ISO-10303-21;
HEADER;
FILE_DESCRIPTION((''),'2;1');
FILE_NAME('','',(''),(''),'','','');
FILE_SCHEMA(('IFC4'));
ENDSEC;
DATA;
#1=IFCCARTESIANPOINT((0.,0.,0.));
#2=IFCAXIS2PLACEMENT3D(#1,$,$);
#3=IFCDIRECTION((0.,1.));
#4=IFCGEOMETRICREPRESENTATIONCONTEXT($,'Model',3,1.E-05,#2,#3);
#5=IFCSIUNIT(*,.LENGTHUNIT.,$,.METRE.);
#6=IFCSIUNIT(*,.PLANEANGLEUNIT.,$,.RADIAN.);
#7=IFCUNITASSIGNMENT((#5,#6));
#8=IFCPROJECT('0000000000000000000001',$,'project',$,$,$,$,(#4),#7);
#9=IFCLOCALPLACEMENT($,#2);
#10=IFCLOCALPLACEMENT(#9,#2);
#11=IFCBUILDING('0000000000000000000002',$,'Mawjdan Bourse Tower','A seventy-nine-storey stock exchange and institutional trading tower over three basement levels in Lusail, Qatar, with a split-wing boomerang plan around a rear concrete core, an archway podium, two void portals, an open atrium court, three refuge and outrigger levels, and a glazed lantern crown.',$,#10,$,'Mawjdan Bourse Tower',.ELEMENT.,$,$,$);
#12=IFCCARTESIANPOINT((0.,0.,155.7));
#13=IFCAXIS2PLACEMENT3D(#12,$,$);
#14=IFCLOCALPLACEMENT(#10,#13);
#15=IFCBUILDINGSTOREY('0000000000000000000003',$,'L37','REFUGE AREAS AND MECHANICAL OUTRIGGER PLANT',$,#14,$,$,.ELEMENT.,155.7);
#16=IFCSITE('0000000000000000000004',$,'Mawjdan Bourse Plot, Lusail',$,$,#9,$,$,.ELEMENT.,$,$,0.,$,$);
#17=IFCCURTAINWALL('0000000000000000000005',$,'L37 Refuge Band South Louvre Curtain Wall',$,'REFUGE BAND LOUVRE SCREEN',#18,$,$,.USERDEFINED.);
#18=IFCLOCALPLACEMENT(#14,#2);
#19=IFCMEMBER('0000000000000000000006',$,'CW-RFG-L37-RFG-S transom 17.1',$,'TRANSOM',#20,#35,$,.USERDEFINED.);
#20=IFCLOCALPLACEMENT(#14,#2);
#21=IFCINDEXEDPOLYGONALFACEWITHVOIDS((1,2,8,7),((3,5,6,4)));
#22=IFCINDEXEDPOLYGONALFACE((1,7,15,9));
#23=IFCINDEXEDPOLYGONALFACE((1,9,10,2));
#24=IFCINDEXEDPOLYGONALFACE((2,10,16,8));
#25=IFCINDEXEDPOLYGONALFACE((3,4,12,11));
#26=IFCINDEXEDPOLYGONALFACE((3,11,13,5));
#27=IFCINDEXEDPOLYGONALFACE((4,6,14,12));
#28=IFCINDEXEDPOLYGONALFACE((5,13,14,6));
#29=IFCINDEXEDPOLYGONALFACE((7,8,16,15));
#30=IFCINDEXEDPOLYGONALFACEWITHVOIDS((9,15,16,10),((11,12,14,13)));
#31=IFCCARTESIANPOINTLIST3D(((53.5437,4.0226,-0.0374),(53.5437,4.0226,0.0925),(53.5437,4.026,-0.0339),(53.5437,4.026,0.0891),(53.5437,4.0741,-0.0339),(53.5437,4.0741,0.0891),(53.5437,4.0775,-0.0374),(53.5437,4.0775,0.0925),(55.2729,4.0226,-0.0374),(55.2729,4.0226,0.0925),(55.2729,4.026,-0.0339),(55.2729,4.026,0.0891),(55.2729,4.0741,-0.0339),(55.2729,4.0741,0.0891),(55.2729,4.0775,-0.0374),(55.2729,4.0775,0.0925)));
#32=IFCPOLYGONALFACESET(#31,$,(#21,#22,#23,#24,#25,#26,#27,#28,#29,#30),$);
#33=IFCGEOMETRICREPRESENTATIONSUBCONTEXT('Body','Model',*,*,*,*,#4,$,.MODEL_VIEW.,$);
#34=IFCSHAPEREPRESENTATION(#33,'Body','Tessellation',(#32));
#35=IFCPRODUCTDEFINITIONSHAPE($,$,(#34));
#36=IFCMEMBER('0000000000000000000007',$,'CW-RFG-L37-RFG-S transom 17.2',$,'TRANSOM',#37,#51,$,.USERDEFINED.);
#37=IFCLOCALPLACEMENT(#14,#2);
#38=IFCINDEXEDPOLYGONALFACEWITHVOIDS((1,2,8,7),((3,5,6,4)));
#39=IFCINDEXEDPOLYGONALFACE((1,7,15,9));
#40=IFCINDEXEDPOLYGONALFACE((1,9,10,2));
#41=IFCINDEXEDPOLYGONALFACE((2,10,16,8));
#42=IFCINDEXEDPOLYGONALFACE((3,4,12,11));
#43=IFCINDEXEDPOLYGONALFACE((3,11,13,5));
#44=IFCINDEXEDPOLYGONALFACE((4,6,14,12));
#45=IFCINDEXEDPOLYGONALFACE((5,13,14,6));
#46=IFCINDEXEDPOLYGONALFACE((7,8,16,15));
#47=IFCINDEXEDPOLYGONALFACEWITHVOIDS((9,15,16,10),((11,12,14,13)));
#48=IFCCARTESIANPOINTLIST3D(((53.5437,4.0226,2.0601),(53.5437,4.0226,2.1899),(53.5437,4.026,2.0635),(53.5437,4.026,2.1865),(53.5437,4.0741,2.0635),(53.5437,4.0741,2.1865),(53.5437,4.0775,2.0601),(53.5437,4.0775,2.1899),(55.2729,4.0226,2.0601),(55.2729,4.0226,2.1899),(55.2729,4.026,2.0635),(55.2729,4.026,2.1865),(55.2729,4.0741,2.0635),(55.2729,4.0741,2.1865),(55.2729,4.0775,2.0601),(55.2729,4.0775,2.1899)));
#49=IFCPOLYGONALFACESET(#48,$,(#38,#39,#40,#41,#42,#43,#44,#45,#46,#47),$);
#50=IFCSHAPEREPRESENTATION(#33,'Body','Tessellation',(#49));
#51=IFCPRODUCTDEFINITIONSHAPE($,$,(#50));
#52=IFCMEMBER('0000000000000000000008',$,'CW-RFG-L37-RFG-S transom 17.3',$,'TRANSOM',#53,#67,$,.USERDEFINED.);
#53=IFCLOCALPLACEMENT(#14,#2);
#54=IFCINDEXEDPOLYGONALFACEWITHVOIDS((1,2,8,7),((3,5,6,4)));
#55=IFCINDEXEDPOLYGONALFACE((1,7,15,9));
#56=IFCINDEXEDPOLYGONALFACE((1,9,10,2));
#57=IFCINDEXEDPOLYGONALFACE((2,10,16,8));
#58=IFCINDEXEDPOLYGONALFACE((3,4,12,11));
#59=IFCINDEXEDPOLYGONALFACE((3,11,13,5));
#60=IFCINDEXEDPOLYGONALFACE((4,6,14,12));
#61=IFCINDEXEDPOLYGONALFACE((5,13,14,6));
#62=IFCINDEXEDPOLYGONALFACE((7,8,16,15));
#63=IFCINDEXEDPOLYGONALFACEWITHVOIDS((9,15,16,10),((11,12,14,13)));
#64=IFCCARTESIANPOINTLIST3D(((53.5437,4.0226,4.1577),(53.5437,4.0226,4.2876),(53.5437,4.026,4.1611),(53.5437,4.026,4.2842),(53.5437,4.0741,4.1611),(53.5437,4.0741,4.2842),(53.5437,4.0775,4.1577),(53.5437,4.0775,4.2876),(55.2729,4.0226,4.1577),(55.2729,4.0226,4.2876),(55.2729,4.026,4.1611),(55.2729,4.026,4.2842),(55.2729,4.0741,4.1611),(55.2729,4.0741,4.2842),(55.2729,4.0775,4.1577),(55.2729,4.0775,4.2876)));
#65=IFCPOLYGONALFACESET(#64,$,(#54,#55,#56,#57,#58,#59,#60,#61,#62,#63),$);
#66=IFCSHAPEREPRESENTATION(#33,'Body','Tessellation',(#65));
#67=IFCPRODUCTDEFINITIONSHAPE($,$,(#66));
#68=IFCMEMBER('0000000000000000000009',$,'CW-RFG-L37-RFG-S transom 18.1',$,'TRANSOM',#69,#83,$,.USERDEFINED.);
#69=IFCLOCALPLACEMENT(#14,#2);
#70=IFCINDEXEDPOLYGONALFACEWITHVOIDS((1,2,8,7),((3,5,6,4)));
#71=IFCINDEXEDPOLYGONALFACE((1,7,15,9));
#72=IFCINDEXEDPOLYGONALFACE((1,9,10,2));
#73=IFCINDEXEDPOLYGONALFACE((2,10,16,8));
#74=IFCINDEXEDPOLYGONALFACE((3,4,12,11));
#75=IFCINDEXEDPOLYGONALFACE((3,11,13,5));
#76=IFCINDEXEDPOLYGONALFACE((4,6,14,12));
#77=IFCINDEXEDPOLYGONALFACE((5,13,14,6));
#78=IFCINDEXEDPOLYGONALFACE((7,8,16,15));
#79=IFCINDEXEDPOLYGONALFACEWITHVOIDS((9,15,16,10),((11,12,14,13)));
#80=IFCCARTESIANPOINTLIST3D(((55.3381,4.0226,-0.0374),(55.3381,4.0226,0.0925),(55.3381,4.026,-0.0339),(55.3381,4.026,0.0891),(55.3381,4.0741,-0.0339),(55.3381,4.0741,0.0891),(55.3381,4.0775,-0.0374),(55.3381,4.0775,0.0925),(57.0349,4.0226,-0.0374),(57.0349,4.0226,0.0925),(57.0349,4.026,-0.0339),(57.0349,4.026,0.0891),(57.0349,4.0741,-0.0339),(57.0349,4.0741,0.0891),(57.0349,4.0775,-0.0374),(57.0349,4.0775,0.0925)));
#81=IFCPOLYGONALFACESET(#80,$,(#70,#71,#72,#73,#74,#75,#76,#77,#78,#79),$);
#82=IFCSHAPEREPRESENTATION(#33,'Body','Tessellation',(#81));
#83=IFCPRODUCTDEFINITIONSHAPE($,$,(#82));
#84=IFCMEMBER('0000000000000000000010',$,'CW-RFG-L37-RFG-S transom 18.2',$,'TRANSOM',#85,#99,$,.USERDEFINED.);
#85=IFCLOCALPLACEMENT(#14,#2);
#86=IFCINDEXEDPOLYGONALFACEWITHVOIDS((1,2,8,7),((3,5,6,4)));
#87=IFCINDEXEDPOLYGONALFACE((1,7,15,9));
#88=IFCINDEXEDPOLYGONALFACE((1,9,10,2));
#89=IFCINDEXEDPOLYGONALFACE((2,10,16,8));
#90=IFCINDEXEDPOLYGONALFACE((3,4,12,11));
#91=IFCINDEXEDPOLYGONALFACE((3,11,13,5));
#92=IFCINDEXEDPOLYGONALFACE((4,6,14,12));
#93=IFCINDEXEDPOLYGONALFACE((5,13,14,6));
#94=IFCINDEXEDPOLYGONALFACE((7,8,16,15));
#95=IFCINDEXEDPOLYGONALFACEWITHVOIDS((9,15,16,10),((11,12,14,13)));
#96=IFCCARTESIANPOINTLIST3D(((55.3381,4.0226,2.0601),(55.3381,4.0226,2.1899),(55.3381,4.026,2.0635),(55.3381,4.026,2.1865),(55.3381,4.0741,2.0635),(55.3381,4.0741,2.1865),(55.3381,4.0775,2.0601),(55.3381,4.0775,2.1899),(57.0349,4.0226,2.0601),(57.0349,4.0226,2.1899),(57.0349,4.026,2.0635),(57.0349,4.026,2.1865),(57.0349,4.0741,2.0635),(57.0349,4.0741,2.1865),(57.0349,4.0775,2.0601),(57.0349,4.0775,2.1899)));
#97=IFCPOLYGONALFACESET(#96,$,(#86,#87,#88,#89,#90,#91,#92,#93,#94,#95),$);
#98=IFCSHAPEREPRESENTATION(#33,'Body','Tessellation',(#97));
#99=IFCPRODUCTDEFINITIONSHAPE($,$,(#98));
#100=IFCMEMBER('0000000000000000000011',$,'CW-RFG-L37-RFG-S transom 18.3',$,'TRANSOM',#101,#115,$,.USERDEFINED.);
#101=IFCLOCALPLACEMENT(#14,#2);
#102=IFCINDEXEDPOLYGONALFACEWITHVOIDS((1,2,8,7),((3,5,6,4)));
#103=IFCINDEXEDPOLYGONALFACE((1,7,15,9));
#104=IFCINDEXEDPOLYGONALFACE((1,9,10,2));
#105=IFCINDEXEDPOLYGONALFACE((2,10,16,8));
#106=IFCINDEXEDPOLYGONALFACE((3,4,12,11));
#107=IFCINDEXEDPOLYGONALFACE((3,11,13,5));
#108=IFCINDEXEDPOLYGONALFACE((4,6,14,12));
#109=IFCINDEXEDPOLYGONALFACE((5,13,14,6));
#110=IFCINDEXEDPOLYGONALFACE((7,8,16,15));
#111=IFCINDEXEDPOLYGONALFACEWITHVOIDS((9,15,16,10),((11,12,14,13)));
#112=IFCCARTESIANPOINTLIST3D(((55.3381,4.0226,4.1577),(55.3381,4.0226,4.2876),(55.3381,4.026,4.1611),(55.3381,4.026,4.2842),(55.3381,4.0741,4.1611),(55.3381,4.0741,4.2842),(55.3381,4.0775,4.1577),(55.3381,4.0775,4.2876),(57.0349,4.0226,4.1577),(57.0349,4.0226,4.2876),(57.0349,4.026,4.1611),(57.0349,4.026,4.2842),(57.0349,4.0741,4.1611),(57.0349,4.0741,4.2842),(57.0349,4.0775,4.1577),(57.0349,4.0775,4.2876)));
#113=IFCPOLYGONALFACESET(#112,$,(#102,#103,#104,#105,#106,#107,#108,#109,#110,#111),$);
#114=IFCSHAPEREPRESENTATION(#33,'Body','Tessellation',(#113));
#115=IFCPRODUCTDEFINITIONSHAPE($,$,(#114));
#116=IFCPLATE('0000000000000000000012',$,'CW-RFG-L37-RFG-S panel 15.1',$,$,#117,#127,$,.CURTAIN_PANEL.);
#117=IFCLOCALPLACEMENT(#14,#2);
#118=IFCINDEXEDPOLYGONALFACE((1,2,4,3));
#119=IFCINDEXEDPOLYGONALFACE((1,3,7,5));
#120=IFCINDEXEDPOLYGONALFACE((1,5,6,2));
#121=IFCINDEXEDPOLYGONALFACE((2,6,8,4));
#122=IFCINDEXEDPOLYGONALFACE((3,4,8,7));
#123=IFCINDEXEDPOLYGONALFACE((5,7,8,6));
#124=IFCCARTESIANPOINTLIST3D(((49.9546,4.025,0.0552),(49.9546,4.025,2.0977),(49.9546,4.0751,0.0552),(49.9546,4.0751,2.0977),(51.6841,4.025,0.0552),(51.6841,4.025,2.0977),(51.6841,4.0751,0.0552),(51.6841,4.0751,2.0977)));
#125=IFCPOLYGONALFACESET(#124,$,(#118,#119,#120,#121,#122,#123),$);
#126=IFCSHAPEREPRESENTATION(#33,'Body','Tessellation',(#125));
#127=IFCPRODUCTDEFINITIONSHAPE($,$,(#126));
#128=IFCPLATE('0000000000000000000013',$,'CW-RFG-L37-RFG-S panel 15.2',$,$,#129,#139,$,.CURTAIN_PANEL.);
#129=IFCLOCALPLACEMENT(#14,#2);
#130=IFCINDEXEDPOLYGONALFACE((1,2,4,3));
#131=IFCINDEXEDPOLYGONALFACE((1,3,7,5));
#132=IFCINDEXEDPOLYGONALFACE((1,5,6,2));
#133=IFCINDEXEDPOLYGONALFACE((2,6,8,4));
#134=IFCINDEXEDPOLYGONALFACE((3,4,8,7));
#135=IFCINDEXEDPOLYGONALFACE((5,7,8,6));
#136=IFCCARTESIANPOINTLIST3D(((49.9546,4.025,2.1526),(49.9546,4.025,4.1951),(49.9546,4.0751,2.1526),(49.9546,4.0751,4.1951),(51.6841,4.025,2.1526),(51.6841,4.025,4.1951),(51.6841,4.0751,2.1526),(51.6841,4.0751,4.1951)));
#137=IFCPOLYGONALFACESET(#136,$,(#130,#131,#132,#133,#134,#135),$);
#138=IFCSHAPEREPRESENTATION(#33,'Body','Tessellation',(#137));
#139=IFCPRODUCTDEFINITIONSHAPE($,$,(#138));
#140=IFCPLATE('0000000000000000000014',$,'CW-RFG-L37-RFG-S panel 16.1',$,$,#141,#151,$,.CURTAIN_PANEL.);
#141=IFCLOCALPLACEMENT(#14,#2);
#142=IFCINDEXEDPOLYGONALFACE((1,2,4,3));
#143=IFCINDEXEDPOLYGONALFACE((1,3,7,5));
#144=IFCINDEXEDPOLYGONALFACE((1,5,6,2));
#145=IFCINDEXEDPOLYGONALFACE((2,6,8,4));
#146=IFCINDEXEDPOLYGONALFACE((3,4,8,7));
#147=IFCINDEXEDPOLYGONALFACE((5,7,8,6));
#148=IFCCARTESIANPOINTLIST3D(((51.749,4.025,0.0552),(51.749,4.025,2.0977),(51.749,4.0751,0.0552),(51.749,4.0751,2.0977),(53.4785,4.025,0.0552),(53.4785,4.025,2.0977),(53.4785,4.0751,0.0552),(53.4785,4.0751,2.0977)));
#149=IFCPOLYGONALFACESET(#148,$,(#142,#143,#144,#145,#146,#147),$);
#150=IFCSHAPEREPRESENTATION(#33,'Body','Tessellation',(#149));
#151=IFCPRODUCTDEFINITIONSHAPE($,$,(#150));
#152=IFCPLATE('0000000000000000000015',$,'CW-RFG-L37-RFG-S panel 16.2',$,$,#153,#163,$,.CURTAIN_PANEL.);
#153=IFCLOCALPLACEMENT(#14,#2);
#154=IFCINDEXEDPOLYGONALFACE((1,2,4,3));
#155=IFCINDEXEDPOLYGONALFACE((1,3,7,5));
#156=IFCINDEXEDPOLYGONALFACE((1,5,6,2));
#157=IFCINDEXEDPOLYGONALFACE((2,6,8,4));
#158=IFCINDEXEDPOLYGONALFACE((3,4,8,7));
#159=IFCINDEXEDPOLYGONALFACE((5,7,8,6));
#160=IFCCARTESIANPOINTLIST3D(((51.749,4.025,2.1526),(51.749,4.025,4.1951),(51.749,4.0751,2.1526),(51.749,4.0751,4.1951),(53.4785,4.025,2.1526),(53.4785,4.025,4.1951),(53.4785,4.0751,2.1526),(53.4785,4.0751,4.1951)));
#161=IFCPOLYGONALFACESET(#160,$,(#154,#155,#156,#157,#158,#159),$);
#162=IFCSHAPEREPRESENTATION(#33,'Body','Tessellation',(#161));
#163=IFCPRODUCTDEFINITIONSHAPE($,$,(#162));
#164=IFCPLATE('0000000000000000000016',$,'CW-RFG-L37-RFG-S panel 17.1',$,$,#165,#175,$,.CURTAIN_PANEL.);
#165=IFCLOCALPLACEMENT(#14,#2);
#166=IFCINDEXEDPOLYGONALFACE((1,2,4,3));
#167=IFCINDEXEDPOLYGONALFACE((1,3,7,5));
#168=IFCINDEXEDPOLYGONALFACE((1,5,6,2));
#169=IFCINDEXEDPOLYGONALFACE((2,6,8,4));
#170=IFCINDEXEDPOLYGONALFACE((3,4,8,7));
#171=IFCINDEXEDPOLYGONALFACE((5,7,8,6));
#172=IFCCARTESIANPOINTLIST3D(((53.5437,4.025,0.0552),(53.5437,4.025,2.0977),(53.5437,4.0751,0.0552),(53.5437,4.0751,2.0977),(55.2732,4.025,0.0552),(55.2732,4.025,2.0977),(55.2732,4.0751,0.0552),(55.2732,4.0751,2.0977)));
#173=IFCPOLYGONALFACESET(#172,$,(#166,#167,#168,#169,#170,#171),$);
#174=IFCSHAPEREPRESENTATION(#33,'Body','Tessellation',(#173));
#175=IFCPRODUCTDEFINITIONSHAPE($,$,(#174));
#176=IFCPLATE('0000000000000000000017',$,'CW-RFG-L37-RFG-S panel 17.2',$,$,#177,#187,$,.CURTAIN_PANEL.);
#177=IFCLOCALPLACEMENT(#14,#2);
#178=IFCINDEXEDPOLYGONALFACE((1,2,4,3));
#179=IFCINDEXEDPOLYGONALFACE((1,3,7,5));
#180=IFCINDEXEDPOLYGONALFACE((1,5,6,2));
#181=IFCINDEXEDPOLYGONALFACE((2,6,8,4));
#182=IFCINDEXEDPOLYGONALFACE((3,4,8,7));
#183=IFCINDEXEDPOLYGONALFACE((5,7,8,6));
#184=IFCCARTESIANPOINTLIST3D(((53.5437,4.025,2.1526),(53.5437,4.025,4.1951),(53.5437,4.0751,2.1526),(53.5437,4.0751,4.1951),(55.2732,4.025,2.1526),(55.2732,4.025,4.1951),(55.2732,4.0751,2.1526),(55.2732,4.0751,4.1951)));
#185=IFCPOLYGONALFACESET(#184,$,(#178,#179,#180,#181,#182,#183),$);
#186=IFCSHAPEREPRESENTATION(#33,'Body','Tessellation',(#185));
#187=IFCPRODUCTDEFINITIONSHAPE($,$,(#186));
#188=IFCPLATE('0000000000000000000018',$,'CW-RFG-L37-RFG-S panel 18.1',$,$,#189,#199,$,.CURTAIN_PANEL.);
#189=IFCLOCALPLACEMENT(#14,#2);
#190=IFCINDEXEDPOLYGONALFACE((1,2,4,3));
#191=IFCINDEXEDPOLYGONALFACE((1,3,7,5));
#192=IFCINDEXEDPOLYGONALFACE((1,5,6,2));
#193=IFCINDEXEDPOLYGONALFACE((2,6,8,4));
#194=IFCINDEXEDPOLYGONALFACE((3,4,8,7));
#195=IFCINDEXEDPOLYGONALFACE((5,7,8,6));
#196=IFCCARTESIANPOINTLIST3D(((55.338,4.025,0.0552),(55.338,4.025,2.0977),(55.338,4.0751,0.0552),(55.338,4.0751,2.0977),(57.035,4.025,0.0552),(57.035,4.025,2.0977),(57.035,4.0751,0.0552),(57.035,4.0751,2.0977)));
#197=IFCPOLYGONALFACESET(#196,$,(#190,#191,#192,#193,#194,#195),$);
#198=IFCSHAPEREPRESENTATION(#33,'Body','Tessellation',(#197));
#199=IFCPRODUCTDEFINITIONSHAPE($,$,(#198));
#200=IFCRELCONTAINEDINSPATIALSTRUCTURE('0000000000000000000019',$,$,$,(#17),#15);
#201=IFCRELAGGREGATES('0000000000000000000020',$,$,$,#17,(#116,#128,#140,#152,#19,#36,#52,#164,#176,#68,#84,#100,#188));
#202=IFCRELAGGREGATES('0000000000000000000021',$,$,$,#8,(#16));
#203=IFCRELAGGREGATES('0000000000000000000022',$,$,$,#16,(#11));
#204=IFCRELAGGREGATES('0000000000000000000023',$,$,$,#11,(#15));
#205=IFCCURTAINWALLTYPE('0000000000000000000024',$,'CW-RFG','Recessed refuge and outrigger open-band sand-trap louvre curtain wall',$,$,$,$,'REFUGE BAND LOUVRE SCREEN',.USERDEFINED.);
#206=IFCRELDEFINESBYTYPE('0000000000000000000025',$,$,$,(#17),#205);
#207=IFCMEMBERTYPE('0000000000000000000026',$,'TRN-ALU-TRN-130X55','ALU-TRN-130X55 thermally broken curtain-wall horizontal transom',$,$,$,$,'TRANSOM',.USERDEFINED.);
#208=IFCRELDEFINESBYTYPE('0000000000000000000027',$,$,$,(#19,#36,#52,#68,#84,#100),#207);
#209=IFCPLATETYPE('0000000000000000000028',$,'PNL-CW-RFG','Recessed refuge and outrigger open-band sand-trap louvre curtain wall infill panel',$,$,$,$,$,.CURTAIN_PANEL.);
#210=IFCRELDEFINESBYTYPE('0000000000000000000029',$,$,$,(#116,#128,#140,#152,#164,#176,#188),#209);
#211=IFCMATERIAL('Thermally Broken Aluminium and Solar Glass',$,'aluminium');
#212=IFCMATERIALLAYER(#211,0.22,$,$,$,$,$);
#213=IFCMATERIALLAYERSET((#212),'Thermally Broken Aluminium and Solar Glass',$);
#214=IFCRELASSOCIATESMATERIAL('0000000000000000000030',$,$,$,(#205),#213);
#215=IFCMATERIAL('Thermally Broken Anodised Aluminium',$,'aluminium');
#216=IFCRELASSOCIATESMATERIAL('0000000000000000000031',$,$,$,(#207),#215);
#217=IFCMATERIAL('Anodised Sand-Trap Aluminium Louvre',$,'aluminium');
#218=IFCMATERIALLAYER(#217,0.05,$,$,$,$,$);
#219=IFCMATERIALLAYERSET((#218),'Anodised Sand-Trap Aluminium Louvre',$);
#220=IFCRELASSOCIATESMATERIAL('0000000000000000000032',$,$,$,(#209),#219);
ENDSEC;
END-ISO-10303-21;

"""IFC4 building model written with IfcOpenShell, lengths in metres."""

from ifc_helpers import new_model, si_unit, direction, frame, origin, origin_2d, place, context, subcontext, project, spatial, rectangle, hollow_rectangle, extrude, material, layer, layer_set, material_profile, profile_set, type_object, element, aggregate, save


model = new_model("IFC4")

# Units and contexts
model_context = context("Model", 3, precision=1e-05, world=origin(), true_north=direction((0.0, 1.0)))
body_context = subcontext(model_context, "Body", "Model", "MODEL_VIEW")
ifc_project = project(units=[si_unit("LENGTHUNIT", "METRE"), si_unit("PLANEANGLEUNIT", "RADIAN")], contexts=[model_context])

# Site, building, storey
site_placement = place(None, origin())
site = spatial("IfcSite", under=ifc_project, at=site_placement, Name="Mawjdan Bourse Plot, Lusail", CompositionType="ELEMENT", RefElevation=0.0)
building_placement = place(site_placement, origin())
building = spatial("IfcBuilding", under=site, at=building_placement, Name="Mawjdan Bourse Tower", Description="A seventy-nine-storey stock exchange and institutional trading tower over three basement levels in Lusail, Qatar, with a split-wing boomerang plan around a rear concrete core, an archway podium, two void portals, an open atrium court, three refuge and outrigger levels, and a glazed lantern crown.", LongName="Mawjdan Bourse Tower", CompositionType="ELEMENT")
storey_placement = place(building_placement, frame((0.0, 0.0, 155.7)))
storey = spatial("IfcBuildingStorey", under=building, at=storey_placement, Name="L37", Description="REFUGE AREAS AND MECHANICAL OUTRIGGER PLANT", CompositionType="ELEMENT", Elevation=155.7)

# Curtain wall
ifc_material_1 = material(Name="Thermally Broken Aluminium and Solar Glass", Category="aluminium")
ifc_layer_1 = layer(ifc_material_1, 0.22)
ifc_layer_set_1 = layer_set([ifc_layer_1], Name="Thermally Broken Aluminium and Solar Glass")
curtain_wall_type = type_object("IfcCurtainWallType", Name="CW-RFG", Description="Recessed refuge and outrigger open-band sand-trap louvre curtain wall", ElementType="REFUGE BAND LOUVRE SCREEN", PredefinedType="USERDEFINED", material=ifc_layer_set_1)
curtain_wall_placement = place(storey_placement, origin())
curtain_wall = element("IfcCurtainWall", 1, at=curtain_wall_placement, inside=storey, type_object=curtain_wall_type, Name="L37 Refuge Band South Louvre Curtain Wall", ObjectType="REFUGE BAND LOUVRE SCREEN", PredefinedType="USERDEFINED")
ifc_material_2 = material(Name="Thermally Broken Anodised Aluminium", Category="aluminium")

# Members
ifc_material_profile_1 = material_profile(ifc_material_2, hollow_rectangle(XDim=0.0549, YDim=0.1299, WallThickness=0.0034, at=origin_2d()), Name="ALU-TRN-130X55")
ifc_profile_set_1 = profile_set([ifc_material_profile_1], Name="Thermally Broken Anodised Aluminium")
member_type_1 = type_object("IfcMemberType", Name="TRN-ALU-TRN-130X55", Description="ALU-TRN-130X55 thermally broken curtain-wall horizontal transom", ElementType="TRANSOM", PredefinedType="USERDEFINED", material=ifc_profile_set_1)
member_1_placement = place(storey_placement, frame((53.5437, 4.05, 0.0276), z_axis=(1.0, 0.0, 0.0), x_axis=(0.0, 1.0, 0.0)))
member_1 = element("IfcMember", 2, at=member_1_placement, type_object=member_type_1, Name="CW-RFG-L37-RFG-S transom 17.1", ObjectType="TRANSOM", PredefinedType="USERDEFINED", context=body_context, shape_type="SweptSolid", body=[
    extrude(hollow_rectangle(XDim=0.0549, YDim=0.1299, WallThickness=0.0034, at=origin_2d()), origin(), (0.0, 0.0, 1.0), 1.7292),
])
member_2_placement = place(storey_placement, frame((53.5437, 4.05, 2.125), z_axis=(1.0, 0.0, 0.0), x_axis=(0.0, 1.0, 0.0)))
member_2 = element("IfcMember", 3, at=member_2_placement, type_object=member_type_1, Name="CW-RFG-L37-RFG-S transom 17.2", ObjectType="TRANSOM", PredefinedType="USERDEFINED", context=body_context, shape_type="SweptSolid", body=[
    extrude(hollow_rectangle(XDim=0.0549, YDim=0.1299, WallThickness=0.0034, at=origin_2d()), origin(), (0.0, 0.0, 1.0), 1.7292),
])
member_3_placement = place(storey_placement, frame((53.5437, 4.05, 4.2227), z_axis=(1.0, 0.0, 0.0), x_axis=(0.0, 1.0, 0.0)))
member_3 = element("IfcMember", 4, at=member_3_placement, type_object=member_type_1, Name="CW-RFG-L37-RFG-S transom 17.3", ObjectType="TRANSOM", PredefinedType="USERDEFINED", context=body_context, shape_type="SweptSolid", body=[
    extrude(hollow_rectangle(XDim=0.0549, YDim=0.1299, WallThickness=0.0034, at=origin_2d()), origin(), (0.0, 0.0, 1.0), 1.7292),
])
member_4_placement = place(storey_placement, frame((55.3381, 4.05, 0.0276), z_axis=(1.0, 0.0, 0.0), x_axis=(0.0, 1.0, 0.0)))
member_4 = element("IfcMember", 5, at=member_4_placement, type_object=member_type_1, Name="CW-RFG-L37-RFG-S transom 18.1", ObjectType="TRANSOM", PredefinedType="USERDEFINED", context=body_context, shape_type="SweptSolid", body=[
    extrude(hollow_rectangle(XDim=0.0549, YDim=0.1299, WallThickness=0.0034, at=origin_2d()), origin(), (0.0, 0.0, 1.0), 1.6968),
])
member_5_placement = place(storey_placement, frame((55.3381, 4.05, 2.125), z_axis=(1.0, 0.0, 0.0), x_axis=(0.0, 1.0, 0.0)))
member_5 = element("IfcMember", 6, at=member_5_placement, type_object=member_type_1, Name="CW-RFG-L37-RFG-S transom 18.2", ObjectType="TRANSOM", PredefinedType="USERDEFINED", context=body_context, shape_type="SweptSolid", body=[
    extrude(hollow_rectangle(XDim=0.0549, YDim=0.1299, WallThickness=0.0034, at=origin_2d()), origin(), (0.0, 0.0, 1.0), 1.6968),
])
member_6_placement = place(storey_placement, frame((55.3381, 4.05, 4.2227), z_axis=(1.0, 0.0, 0.0), x_axis=(0.0, 1.0, 0.0)))
member_6 = element("IfcMember", 7, at=member_6_placement, type_object=member_type_1, Name="CW-RFG-L37-RFG-S transom 18.3", ObjectType="TRANSOM", PredefinedType="USERDEFINED", context=body_context, shape_type="SweptSolid", body=[
    extrude(hollow_rectangle(XDim=0.0549, YDim=0.1299, WallThickness=0.0034, at=origin_2d()), origin(), (0.0, 0.0, 1.0), 1.6968),
])

# Plates
ifc_material_3 = material(Name="Anodised Sand-Trap Aluminium Louvre", Category="aluminium")
ifc_layer_2 = layer(ifc_material_3, 0.05)
ifc_layer_set_2 = layer_set([ifc_layer_2], Name="Anodised Sand-Trap Aluminium Louvre")
plate_type = type_object("IfcPlateType", Name="PNL-CW-RFG", Description="Recessed refuge and outrigger open-band sand-trap louvre curtain wall infill panel", PredefinedType="CURTAIN_PANEL", material=ifc_layer_set_2)
plate_1_placement = place(storey_placement, frame((50.8193, 4.05, 0.0552), z_axis=(0.0, 0.0, 1.0), x_axis=(1.0, 0.0, 0.0)))
plate_1 = element("IfcPlate", 8, at=plate_1_placement, type_object=plate_type, Name="CW-RFG-L37-RFG-S panel 15.1", PredefinedType="CURTAIN_PANEL", context=body_context, shape_type="SweptSolid", body=[
    extrude(rectangle(XDim=1.7295, YDim=0.05, at=origin_2d()), origin(), (0.0, 0.0, 1.0), 2.0425),
])
plate_2_placement = place(storey_placement, frame((50.8193, 4.05, 2.1526), z_axis=(0.0, 0.0, 1.0), x_axis=(1.0, 0.0, 0.0)))
plate_2 = element("IfcPlate", 9, at=plate_2_placement, type_object=plate_type, Name="CW-RFG-L37-RFG-S panel 15.2", PredefinedType="CURTAIN_PANEL", context=body_context, shape_type="SweptSolid", body=[
    extrude(rectangle(XDim=1.7295, YDim=0.05, at=origin_2d()), origin(), (0.0, 0.0, 1.0), 2.0425),
])
plate_3_placement = place(storey_placement, frame((52.6138, 4.05, 0.0552), z_axis=(0.0, 0.0, 1.0), x_axis=(1.0, 0.0, 0.0)))
plate_3 = element("IfcPlate", 10, at=plate_3_placement, type_object=plate_type, Name="CW-RFG-L37-RFG-S panel 16.1", PredefinedType="CURTAIN_PANEL", context=body_context, shape_type="SweptSolid", body=[
    extrude(rectangle(XDim=1.7295, YDim=0.05, at=origin_2d()), origin(), (0.0, 0.0, 1.0), 2.0425),
])
plate_4_placement = place(storey_placement, frame((52.6138, 4.05, 2.1526), z_axis=(0.0, 0.0, 1.0), x_axis=(1.0, 0.0, 0.0)))
plate_4 = element("IfcPlate", 11, at=plate_4_placement, type_object=plate_type, Name="CW-RFG-L37-RFG-S panel 16.2", PredefinedType="CURTAIN_PANEL", context=body_context, shape_type="SweptSolid", body=[
    extrude(rectangle(XDim=1.7295, YDim=0.05, at=origin_2d()), origin(), (0.0, 0.0, 1.0), 2.0425),
])
plate_5_placement = place(storey_placement, frame((54.4084, 4.05, 0.0552), z_axis=(0.0, 0.0, 1.0), x_axis=(1.0, 0.0, 0.0)))
plate_5 = element("IfcPlate", 12, at=plate_5_placement, type_object=plate_type, Name="CW-RFG-L37-RFG-S panel 17.1", PredefinedType="CURTAIN_PANEL", context=body_context, shape_type="SweptSolid", body=[
    extrude(rectangle(XDim=1.7295, YDim=0.05, at=origin_2d()), origin(), (0.0, 0.0, 1.0), 2.0425),
])
plate_6_placement = place(storey_placement, frame((54.4084, 4.05, 2.1526), z_axis=(0.0, 0.0, 1.0), x_axis=(1.0, 0.0, 0.0)))
plate_6 = element("IfcPlate", 13, at=plate_6_placement, type_object=plate_type, Name="CW-RFG-L37-RFG-S panel 17.2", PredefinedType="CURTAIN_PANEL", context=body_context, shape_type="SweptSolid", body=[
    extrude(rectangle(XDim=1.7295, YDim=0.05, at=origin_2d()), origin(), (0.0, 0.0, 1.0), 2.0425),
])
plate_7_placement = place(storey_placement, frame((56.1865, 4.05, 0.0552), z_axis=(0.0, 0.0, 1.0), x_axis=(1.0, 0.0, 0.0)))
plate_7 = element("IfcPlate", 14, at=plate_7_placement, type_object=plate_type, Name="CW-RFG-L37-RFG-S panel 18.1", PredefinedType="CURTAIN_PANEL", context=body_context, shape_type="SweptSolid", body=[
    extrude(rectangle(XDim=1.697, YDim=0.05, at=origin_2d()), origin(), (0.0, 0.0, 1.0), 2.0425),
])
aggregate(curtain_wall, [plate_1, plate_2, plate_3, plate_4, member_1, member_2, member_3, plate_5, plate_6, member_4, member_5, member_6, plate_7])

save(model, "model.ifc")
